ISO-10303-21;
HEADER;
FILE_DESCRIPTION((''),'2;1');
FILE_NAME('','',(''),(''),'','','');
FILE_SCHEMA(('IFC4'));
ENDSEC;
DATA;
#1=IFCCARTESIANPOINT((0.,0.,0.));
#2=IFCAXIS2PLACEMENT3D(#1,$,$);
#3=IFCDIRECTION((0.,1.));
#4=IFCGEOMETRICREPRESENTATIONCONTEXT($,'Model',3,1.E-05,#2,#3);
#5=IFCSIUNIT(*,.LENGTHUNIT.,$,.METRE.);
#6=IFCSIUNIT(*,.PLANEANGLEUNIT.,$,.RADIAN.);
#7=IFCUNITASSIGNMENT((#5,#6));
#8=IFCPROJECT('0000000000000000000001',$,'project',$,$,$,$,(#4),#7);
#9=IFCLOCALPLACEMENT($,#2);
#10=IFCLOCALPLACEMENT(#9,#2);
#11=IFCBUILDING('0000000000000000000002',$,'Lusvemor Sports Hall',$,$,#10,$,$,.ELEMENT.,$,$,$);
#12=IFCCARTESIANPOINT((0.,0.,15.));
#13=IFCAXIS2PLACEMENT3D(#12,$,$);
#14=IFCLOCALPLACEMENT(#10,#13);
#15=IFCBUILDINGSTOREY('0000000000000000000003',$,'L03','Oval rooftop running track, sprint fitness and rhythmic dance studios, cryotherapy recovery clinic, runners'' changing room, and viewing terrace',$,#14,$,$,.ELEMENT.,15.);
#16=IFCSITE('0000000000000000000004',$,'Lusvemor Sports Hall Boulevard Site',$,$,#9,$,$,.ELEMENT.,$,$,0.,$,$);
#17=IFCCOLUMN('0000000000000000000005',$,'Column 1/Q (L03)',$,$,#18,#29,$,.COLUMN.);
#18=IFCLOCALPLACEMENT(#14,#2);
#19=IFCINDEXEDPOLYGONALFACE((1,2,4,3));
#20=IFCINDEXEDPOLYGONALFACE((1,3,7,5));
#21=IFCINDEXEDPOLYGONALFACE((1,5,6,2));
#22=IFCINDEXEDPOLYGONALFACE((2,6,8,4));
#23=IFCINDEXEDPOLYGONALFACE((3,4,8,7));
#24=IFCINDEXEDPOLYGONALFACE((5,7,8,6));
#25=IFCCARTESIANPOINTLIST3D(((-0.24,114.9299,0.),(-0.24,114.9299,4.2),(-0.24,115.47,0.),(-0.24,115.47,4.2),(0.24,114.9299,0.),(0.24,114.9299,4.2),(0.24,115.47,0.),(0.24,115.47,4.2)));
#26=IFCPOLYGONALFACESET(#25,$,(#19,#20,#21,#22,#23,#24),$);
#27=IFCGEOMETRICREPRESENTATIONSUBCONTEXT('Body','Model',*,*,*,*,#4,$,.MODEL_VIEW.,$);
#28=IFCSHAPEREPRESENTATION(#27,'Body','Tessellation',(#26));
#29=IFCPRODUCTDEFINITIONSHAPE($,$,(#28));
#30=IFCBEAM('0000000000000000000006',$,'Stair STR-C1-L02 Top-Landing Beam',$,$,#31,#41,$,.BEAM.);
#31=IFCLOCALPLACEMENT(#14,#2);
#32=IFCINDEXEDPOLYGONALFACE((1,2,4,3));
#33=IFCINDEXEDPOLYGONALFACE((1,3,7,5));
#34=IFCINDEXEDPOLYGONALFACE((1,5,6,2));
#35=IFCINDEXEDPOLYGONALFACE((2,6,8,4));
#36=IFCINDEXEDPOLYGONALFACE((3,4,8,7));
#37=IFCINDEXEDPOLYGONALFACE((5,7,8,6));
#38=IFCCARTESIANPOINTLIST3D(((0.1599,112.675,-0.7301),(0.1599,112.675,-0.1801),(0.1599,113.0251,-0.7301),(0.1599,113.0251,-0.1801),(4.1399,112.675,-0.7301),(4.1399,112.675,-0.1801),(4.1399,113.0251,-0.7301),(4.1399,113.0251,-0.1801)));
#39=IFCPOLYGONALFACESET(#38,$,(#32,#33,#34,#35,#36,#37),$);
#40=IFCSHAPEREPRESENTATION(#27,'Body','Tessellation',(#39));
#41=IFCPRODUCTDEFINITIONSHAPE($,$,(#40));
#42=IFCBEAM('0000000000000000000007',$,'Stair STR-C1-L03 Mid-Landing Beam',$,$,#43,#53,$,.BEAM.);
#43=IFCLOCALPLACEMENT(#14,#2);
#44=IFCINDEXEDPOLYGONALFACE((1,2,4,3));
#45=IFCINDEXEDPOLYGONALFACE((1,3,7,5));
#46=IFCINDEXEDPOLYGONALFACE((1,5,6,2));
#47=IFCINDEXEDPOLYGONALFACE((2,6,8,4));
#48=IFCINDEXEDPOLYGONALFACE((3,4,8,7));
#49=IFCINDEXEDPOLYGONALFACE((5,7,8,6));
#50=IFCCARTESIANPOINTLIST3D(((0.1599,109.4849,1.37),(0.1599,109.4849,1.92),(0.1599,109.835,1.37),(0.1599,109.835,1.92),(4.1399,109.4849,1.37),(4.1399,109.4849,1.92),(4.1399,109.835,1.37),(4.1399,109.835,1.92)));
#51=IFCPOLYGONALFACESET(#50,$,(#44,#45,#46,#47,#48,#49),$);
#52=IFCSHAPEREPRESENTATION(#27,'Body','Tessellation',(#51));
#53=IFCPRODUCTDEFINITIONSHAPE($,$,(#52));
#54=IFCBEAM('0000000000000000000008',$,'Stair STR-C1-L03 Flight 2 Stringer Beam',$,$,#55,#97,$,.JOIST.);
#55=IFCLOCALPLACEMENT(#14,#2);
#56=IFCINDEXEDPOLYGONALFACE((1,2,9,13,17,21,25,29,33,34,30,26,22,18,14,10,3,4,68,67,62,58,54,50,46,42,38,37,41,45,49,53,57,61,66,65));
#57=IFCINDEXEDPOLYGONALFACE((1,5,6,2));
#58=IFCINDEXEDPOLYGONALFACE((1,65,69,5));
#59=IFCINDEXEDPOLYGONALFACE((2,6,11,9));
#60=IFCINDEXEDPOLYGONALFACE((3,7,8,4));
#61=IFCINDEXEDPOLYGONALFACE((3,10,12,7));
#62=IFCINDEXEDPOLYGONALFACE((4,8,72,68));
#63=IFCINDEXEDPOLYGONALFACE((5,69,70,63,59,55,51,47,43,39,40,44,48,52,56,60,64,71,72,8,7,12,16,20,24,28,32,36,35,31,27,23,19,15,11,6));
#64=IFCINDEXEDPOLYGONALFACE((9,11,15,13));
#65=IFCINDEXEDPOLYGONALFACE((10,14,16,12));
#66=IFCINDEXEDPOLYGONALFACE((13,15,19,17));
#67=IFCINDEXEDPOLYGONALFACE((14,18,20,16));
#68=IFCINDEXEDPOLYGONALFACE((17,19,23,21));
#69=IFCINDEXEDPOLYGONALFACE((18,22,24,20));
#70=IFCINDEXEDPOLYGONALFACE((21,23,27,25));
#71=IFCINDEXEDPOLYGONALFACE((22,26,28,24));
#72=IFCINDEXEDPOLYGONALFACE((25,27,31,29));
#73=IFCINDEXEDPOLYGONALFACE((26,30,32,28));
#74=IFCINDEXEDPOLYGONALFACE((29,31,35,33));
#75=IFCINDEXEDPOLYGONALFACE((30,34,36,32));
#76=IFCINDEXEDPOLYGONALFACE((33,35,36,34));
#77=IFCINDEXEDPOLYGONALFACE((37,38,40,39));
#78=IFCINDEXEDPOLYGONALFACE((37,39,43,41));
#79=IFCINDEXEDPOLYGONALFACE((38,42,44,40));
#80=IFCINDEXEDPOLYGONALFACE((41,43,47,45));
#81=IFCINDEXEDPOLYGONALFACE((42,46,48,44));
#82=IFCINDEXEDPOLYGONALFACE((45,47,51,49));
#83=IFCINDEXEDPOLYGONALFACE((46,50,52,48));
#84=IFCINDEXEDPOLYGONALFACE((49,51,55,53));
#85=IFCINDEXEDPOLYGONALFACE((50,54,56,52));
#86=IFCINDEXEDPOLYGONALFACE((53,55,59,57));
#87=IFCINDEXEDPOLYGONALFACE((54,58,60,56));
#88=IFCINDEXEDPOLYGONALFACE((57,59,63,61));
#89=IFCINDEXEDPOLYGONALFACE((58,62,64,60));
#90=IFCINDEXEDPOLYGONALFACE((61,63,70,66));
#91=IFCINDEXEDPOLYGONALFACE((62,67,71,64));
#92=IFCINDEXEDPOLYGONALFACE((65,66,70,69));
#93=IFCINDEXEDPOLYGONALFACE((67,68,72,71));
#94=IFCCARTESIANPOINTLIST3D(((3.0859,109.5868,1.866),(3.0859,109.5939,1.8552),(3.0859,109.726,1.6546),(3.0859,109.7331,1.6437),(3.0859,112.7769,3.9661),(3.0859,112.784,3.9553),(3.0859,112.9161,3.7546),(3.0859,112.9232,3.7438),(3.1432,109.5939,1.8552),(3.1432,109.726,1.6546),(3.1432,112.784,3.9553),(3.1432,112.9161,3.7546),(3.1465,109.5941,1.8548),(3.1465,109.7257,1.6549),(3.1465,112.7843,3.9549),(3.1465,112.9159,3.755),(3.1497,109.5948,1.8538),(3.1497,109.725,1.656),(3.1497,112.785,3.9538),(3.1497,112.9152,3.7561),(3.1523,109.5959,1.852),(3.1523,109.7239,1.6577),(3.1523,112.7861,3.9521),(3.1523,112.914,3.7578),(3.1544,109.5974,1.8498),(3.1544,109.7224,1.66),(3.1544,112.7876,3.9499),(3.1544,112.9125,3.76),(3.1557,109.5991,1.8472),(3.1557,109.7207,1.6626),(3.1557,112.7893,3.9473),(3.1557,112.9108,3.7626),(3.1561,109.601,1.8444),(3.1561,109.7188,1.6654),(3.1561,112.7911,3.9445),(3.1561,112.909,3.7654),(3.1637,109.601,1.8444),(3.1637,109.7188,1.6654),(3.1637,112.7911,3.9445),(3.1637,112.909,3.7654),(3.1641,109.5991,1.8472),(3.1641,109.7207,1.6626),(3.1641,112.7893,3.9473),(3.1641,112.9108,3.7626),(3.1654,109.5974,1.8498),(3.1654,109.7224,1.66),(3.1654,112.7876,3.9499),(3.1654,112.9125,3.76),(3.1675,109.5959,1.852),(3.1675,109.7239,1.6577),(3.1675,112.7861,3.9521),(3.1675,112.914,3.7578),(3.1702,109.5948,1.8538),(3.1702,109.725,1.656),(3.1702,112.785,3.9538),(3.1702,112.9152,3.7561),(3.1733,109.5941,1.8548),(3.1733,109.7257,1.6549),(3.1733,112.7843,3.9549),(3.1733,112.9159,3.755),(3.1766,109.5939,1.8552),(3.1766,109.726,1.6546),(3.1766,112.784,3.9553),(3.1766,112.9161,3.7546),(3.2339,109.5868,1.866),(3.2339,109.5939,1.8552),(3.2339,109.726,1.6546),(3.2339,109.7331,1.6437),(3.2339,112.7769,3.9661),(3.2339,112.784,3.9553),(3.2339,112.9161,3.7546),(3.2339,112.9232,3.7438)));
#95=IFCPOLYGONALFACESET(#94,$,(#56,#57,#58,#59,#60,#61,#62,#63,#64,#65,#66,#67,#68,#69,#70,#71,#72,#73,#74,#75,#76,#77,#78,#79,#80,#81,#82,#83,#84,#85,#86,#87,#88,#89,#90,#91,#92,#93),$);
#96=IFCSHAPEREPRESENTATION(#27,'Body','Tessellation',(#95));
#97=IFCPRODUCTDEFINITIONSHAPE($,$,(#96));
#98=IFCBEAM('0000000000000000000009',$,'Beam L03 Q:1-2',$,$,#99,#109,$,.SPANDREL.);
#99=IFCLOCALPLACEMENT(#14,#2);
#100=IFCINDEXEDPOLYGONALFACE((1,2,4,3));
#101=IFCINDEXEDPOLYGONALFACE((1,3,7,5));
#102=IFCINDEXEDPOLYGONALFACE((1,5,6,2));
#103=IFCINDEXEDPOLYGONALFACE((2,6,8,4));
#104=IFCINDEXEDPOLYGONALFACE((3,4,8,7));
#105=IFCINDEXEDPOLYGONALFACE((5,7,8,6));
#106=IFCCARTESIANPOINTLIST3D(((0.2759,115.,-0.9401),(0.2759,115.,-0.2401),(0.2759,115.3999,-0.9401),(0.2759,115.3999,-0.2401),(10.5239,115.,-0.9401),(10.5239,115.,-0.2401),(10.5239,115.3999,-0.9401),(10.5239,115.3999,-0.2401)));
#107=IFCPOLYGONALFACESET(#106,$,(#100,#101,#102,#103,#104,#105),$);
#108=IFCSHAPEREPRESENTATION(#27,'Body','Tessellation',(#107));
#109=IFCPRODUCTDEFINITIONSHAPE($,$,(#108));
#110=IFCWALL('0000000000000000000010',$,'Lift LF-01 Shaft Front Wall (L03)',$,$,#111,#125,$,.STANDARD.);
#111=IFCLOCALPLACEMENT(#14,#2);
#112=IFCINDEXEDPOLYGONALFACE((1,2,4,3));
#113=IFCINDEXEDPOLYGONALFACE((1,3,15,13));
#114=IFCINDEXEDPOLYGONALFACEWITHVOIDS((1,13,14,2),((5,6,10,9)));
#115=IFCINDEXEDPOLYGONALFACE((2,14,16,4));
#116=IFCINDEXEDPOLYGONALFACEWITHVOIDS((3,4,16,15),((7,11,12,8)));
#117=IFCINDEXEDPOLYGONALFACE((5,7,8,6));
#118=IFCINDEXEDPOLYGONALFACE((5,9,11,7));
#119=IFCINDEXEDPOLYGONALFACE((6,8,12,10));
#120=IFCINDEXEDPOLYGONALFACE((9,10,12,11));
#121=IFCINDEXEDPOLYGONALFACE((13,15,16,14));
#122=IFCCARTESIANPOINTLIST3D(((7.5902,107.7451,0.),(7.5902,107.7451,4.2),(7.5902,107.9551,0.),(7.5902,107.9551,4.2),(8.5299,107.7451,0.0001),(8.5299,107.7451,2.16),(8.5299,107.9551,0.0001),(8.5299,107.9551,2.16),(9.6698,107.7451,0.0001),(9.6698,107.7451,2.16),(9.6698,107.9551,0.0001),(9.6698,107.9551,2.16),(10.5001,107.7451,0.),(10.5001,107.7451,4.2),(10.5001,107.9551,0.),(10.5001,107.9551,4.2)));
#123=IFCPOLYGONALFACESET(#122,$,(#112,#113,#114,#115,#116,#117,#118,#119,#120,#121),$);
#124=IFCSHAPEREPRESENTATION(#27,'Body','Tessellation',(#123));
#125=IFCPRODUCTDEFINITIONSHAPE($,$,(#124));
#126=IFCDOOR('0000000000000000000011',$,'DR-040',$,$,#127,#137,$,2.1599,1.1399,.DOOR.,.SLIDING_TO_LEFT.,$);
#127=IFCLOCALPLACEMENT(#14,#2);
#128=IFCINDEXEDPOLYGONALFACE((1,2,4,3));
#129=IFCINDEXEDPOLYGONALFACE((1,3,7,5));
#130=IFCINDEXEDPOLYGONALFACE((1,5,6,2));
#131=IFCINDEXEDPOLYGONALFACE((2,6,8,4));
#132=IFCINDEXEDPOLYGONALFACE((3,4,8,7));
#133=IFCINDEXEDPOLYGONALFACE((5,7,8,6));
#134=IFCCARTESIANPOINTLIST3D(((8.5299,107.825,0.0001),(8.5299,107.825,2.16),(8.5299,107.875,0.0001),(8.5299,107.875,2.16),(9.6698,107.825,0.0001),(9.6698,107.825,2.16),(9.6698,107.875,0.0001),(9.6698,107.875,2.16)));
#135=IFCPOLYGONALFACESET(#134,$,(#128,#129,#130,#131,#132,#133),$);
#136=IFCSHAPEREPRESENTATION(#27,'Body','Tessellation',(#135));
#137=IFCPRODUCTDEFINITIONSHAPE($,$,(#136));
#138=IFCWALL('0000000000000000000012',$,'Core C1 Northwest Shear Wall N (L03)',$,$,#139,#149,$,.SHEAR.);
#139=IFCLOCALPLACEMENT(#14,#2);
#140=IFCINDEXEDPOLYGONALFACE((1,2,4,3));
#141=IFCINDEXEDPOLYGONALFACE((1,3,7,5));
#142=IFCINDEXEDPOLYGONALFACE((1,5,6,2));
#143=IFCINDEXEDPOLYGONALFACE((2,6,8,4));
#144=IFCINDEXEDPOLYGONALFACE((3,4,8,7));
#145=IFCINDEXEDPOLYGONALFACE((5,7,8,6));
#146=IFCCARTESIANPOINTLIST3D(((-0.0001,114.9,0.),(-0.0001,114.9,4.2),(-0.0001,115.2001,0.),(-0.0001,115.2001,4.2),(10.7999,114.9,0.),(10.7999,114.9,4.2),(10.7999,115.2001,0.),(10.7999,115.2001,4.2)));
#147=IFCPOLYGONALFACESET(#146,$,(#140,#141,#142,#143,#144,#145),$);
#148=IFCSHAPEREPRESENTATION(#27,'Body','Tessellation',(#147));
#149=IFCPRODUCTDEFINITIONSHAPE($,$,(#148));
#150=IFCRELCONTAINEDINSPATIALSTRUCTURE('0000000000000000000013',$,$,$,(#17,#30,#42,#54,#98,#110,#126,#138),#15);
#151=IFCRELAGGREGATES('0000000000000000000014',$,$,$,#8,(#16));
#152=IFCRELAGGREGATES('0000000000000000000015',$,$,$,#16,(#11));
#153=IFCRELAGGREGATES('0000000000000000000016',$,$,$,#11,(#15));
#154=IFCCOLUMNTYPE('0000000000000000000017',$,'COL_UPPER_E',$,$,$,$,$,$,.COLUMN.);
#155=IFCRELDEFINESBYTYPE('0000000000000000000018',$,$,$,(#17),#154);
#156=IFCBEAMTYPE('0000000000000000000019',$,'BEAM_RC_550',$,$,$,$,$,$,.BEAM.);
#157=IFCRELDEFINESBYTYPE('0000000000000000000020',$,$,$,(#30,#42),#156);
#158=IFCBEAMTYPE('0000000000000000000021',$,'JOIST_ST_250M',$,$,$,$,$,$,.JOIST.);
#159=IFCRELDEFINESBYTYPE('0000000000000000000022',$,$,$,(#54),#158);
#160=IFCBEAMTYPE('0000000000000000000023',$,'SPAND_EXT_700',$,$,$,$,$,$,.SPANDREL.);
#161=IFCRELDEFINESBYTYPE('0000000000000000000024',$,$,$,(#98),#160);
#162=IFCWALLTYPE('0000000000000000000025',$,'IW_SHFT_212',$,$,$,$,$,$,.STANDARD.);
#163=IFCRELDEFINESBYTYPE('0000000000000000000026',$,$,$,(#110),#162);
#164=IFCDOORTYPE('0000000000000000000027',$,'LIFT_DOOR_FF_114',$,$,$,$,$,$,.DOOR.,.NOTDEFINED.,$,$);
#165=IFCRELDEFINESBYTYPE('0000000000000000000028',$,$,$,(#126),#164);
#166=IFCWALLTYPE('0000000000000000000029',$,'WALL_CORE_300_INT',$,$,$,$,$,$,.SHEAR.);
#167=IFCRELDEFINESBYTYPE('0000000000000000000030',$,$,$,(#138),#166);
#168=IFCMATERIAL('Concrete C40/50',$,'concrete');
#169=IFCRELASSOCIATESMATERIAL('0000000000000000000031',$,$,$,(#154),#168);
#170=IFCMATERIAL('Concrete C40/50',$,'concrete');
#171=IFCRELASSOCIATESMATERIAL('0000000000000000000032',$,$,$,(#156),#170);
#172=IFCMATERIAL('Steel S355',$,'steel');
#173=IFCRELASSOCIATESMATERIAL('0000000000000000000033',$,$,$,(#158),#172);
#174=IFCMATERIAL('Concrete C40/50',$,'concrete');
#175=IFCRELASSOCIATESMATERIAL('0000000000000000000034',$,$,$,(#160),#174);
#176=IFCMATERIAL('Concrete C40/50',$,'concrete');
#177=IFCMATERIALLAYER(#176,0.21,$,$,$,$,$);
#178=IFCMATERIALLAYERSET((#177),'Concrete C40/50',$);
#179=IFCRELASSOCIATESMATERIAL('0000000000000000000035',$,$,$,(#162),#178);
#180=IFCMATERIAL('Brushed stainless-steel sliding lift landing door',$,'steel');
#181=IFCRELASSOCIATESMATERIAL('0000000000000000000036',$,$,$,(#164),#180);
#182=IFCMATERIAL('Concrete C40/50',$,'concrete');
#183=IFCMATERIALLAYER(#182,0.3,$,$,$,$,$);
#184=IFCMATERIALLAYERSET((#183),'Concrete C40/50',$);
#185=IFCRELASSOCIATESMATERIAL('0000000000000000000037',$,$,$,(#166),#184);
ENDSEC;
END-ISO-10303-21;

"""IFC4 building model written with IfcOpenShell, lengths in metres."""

from ifc_helpers import new_model, si_unit, direction, frame, frame_2d, origin, origin_2d, place, context, subcontext, project, spatial, rectangle, i_section, extrude, material, layer, layer_set, material_profile, profile_set, type_object, element, fill, save


model = new_model("IFC4")

# Units and contexts
model_context = context("Model", 3, precision=1e-05, world=origin(), true_north=direction((0.0, 1.0)))
body_context = subcontext(model_context, "Body", "Model", "MODEL_VIEW")
ifc_project = project(units=[si_unit("LENGTHUNIT", "METRE"), si_unit("PLANEANGLEUNIT", "RADIAN")], contexts=[model_context])

# Site, building, storey
site_placement = place(None, origin())
site = spatial("IfcSite", under=ifc_project, at=site_placement, Name="Lusvemor Sports Hall Boulevard Site", CompositionType="ELEMENT", RefElevation=0.0)
building_placement = place(site_placement, origin())
building = spatial("IfcBuilding", under=site, at=building_placement, Name="Lusvemor Sports Hall", CompositionType="ELEMENT")
storey_placement = place(building_placement, frame((0.0, 0.0, 15.0)))
storey = spatial("IfcBuildingStorey", under=building, at=storey_placement, Name="L03", Description="Oval rooftop running track, sprint fitness and rhythmic dance studios, cryotherapy recovery clinic, runners' changing room, and viewing terrace", CompositionType="ELEMENT", Elevation=15.0)

# Column
ifc_material_1 = material(Name="Concrete C40/50", Category="concrete")
ifc_material_profile_1 = material_profile(ifc_material_1, rectangle(XDim=0.48, YDim=0.54, at=origin_2d()), Name="RC480x540")
ifc_profile_set_1 = profile_set([ifc_material_profile_1], Name="Concrete C40/50")
column_type = type_object("IfcColumnType", Name="COL_UPPER_E", PredefinedType="COLUMN", material=ifc_profile_set_1)
column_placement = place(storey_placement, frame((0.0, 115.2, 0.0), z_axis=(0.0, 0.0, 1.0), x_axis=(1.0, 0.0, 0.0)))
element("IfcColumn", 1, at=column_placement, inside=storey, type_object=column_type, Name="Column 1/Q (L03)", PredefinedType="COLUMN", context=body_context, shape_type="SweptSolid", body=[
    extrude(rectangle(XDim=0.48, YDim=0.54, at=origin_2d()), origin(), (0.0, 0.0, 1.0), 4.2),
])

# Beams
ifc_material_2 = material(Name="Concrete C40/50", Category="concrete")
ifc_material_profile_2 = material_profile(ifc_material_2, rectangle(XDim=0.3501, YDim=0.55, at=origin_2d()), Name="RC350x550")
ifc_profile_set_2 = profile_set([ifc_material_profile_2], Name="Concrete C40/50")
beam_type_1 = type_object("IfcBeamType", Name="BEAM_RC_550", PredefinedType="BEAM", material=ifc_profile_set_2)
for number, where, z_axis, x_axis, name in (
    (2, (0.1599, 112.8501, -0.4551), (1.0, 0.0, 0.0), (0.0, 1.0, 0.0), "Stair STR-C1-L02 Top-Landing Beam"),
    (3, (0.1599, 109.6599, 1.645), (1.0, 0.0, 0.0), (0.0, 1.0, 0.0), "Stair STR-C1-L03 Mid-Landing Beam"),
):
    element("IfcBeam", number, at=place(storey_placement, frame(where, z_axis=z_axis, x_axis=x_axis)), inside=storey, type_object=beam_type_1, Name=name, PredefinedType="BEAM", context=body_context, shape_type="SweptSolid", body=[
        extrude(rectangle(XDim=0.3501, YDim=0.55, at=origin_2d()), origin(), (0.0, 0.0, 1.0), 3.98),
    ])
ifc_material_3 = material(Name="Steel S355", Category="steel")
ifc_material_profile_3 = material_profile(ifc_material_3, i_section(OverallWidth=0.1479, OverallDepth=0.2661, WebThickness=0.0076, FlangeThickness=0.0129, FilletRadius=0.0129, at=origin_2d()), Name="W250x44.8")
ifc_profile_set_3 = profile_set([ifc_material_profile_3], Name="Steel S355")
beam_type_2 = type_object("IfcBeamType", Name="JOIST_ST_250M", PredefinedType="JOIST", material=ifc_profile_set_3)
beam_1_placement = place(storey_placement, frame((3.1599, 109.6599, 1.7549), z_axis=(0.0, 0.835262, 0.549852), x_axis=(-1.0, 0.0, 0.0)))
element("IfcBeam", 4, at=beam_1_placement, inside=storey, type_object=beam_type_2, Name="Stair STR-C1-L03 Flight 2 Stringer Beam", PredefinedType="JOIST", context=body_context, shape_type="SweptSolid", body=[
    extrude(i_section(OverallWidth=0.1479, OverallDepth=0.2661, WebThickness=0.0076, FlangeThickness=0.0129, FilletRadius=0.0129, at=origin_2d()), origin(), (0.0, 0.0, 1.0), 3.8193),
])
ifc_material_4 = material(Name="Concrete C40/50", Category="concrete")
ifc_material_profile_4 = material_profile(ifc_material_4, rectangle(XDim=0.3999, YDim=0.7, at=origin_2d()), Name="RC400x700")
ifc_profile_set_4 = profile_set([ifc_material_profile_4], Name="Concrete C40/50")
beam_type_3 = type_object("IfcBeamType", Name="SPAND_EXT_700", PredefinedType="SPANDREL", material=ifc_profile_set_4)
beam_2_placement = place(storey_placement, frame((0.2759, 115.2, -0.5901), z_axis=(1.0, 0.0, 0.0), x_axis=(0.0, 1.0, 0.0)))
element("IfcBeam", 5, at=beam_2_placement, inside=storey, type_object=beam_type_3, Name="Beam L03 Q:1-2", PredefinedType="SPANDREL", context=body_context, shape_type="SweptSolid", body=[
    extrude(rectangle(XDim=0.3999, YDim=0.7, at=origin_2d()), origin(), (0.0, 0.0, 1.0), 10.248),
])

# Wall, opening, door
ifc_material_5 = material(Name="Concrete C40/50", Category="concrete")
ifc_layer_1 = layer(ifc_material_5, 0.21)
ifc_layer_set_1 = layer_set([ifc_layer_1], Name="Concrete C40/50")
wall_type_1 = type_object("IfcWallType", Name="IW_SHFT_212", PredefinedType="STANDARD", material=ifc_layer_set_1)
wall_1_placement = place(storey_placement, frame((7.5901, 107.8501, 0.0), z_axis=(0.0, 0.0, 1.0), x_axis=(1.0, 0.0, 0.0)))
wall_1 = element("IfcWall", 6, at=wall_1_placement, inside=storey, type_object=wall_type_1, Name="Lift LF-01 Shaft Front Wall (L03)", PredefinedType="STANDARD", context=body_context, shape_type="SweptSolid", body=[
    extrude(rectangle(XDim=2.9099, YDim=0.21, at=frame_2d((1.4551, 0.0))), origin(), (0.0, 0.0, 1.0), 4.2),
])
opening_1_placement = place(wall_1_placement, frame((0.9399, 0.0, 0.0)))
opening_1 = element("IfcOpeningElement", 7, at=opening_1_placement, cuts=wall_1, PredefinedType="OPENING", context=body_context, shape_type="SweptSolid", body=[
    extrude(rectangle(XDim=1.1399, YDim=2.1599, at=frame_2d((0.5698, 1.0801))), frame((0.0, 0.105, 0.0), z_axis=(0.0, -1.0, 0.0), x_axis=(1.0, 0.0, 0.0)), (0.0, 0.0, 1.0), 0.21),
])
ifc_material_6 = material(Name="Brushed stainless-steel sliding lift landing door", Category="steel")
door_type_1 = type_object("IfcDoorType", Name="LIFT_DOOR_FF_114", OperationType="NOTDEFINED", PredefinedType="DOOR", material=ifc_material_6)
door_1_placement = place(opening_1_placement, origin())
door_1 = element("IfcDoor", 8, at=door_1_placement, inside=storey, type_object=door_type_1, Name="DR-040", OperationType="SLIDING_TO_LEFT", OverallHeight=2.1599, OverallWidth=1.1399, PredefinedType="DOOR", context=body_context, shape_type="SweptSolid", body=[
    extrude(rectangle(XDim=1.1399, YDim=2.1599, at=frame_2d((0.5698, 1.0801))), frame((0.0, 0.0249, 0.0), z_axis=(0.0, -1.0, 0.0), x_axis=(1.0, 0.0, 0.0)), (0.0, 0.0, 1.0), 0.05),
])
fill(opening_1, door_1)

# Wall
ifc_material_7 = material(Name="Concrete C40/50", Category="concrete")
ifc_layer_2 = layer(ifc_material_7, 0.3)
ifc_layer_set_2 = layer_set([ifc_layer_2], Name="Concrete C40/50")
wall_type_2 = type_object("IfcWallType", Name="WALL_CORE_300_INT", PredefinedType="SHEAR", material=ifc_layer_set_2)
wall_2_placement = place(storey_placement, frame((0.0, 115.05, 0.0), z_axis=(0.0, 0.0, 1.0), x_axis=(1.0, 0.0, 0.0)))
element("IfcWall", 9, at=wall_2_placement, inside=storey, type_object=wall_type_2, Name="Core C1 Northwest Shear Wall N (L03)", PredefinedType="SHEAR", context=body_context, shape_type="SweptSolid", body=[
    extrude(rectangle(XDim=10.8, YDim=0.3, at=frame_2d((5.3999, 0.0))), origin(), (0.0, 0.0, 1.0), 4.2),
])

save(model, "model.ifc")
